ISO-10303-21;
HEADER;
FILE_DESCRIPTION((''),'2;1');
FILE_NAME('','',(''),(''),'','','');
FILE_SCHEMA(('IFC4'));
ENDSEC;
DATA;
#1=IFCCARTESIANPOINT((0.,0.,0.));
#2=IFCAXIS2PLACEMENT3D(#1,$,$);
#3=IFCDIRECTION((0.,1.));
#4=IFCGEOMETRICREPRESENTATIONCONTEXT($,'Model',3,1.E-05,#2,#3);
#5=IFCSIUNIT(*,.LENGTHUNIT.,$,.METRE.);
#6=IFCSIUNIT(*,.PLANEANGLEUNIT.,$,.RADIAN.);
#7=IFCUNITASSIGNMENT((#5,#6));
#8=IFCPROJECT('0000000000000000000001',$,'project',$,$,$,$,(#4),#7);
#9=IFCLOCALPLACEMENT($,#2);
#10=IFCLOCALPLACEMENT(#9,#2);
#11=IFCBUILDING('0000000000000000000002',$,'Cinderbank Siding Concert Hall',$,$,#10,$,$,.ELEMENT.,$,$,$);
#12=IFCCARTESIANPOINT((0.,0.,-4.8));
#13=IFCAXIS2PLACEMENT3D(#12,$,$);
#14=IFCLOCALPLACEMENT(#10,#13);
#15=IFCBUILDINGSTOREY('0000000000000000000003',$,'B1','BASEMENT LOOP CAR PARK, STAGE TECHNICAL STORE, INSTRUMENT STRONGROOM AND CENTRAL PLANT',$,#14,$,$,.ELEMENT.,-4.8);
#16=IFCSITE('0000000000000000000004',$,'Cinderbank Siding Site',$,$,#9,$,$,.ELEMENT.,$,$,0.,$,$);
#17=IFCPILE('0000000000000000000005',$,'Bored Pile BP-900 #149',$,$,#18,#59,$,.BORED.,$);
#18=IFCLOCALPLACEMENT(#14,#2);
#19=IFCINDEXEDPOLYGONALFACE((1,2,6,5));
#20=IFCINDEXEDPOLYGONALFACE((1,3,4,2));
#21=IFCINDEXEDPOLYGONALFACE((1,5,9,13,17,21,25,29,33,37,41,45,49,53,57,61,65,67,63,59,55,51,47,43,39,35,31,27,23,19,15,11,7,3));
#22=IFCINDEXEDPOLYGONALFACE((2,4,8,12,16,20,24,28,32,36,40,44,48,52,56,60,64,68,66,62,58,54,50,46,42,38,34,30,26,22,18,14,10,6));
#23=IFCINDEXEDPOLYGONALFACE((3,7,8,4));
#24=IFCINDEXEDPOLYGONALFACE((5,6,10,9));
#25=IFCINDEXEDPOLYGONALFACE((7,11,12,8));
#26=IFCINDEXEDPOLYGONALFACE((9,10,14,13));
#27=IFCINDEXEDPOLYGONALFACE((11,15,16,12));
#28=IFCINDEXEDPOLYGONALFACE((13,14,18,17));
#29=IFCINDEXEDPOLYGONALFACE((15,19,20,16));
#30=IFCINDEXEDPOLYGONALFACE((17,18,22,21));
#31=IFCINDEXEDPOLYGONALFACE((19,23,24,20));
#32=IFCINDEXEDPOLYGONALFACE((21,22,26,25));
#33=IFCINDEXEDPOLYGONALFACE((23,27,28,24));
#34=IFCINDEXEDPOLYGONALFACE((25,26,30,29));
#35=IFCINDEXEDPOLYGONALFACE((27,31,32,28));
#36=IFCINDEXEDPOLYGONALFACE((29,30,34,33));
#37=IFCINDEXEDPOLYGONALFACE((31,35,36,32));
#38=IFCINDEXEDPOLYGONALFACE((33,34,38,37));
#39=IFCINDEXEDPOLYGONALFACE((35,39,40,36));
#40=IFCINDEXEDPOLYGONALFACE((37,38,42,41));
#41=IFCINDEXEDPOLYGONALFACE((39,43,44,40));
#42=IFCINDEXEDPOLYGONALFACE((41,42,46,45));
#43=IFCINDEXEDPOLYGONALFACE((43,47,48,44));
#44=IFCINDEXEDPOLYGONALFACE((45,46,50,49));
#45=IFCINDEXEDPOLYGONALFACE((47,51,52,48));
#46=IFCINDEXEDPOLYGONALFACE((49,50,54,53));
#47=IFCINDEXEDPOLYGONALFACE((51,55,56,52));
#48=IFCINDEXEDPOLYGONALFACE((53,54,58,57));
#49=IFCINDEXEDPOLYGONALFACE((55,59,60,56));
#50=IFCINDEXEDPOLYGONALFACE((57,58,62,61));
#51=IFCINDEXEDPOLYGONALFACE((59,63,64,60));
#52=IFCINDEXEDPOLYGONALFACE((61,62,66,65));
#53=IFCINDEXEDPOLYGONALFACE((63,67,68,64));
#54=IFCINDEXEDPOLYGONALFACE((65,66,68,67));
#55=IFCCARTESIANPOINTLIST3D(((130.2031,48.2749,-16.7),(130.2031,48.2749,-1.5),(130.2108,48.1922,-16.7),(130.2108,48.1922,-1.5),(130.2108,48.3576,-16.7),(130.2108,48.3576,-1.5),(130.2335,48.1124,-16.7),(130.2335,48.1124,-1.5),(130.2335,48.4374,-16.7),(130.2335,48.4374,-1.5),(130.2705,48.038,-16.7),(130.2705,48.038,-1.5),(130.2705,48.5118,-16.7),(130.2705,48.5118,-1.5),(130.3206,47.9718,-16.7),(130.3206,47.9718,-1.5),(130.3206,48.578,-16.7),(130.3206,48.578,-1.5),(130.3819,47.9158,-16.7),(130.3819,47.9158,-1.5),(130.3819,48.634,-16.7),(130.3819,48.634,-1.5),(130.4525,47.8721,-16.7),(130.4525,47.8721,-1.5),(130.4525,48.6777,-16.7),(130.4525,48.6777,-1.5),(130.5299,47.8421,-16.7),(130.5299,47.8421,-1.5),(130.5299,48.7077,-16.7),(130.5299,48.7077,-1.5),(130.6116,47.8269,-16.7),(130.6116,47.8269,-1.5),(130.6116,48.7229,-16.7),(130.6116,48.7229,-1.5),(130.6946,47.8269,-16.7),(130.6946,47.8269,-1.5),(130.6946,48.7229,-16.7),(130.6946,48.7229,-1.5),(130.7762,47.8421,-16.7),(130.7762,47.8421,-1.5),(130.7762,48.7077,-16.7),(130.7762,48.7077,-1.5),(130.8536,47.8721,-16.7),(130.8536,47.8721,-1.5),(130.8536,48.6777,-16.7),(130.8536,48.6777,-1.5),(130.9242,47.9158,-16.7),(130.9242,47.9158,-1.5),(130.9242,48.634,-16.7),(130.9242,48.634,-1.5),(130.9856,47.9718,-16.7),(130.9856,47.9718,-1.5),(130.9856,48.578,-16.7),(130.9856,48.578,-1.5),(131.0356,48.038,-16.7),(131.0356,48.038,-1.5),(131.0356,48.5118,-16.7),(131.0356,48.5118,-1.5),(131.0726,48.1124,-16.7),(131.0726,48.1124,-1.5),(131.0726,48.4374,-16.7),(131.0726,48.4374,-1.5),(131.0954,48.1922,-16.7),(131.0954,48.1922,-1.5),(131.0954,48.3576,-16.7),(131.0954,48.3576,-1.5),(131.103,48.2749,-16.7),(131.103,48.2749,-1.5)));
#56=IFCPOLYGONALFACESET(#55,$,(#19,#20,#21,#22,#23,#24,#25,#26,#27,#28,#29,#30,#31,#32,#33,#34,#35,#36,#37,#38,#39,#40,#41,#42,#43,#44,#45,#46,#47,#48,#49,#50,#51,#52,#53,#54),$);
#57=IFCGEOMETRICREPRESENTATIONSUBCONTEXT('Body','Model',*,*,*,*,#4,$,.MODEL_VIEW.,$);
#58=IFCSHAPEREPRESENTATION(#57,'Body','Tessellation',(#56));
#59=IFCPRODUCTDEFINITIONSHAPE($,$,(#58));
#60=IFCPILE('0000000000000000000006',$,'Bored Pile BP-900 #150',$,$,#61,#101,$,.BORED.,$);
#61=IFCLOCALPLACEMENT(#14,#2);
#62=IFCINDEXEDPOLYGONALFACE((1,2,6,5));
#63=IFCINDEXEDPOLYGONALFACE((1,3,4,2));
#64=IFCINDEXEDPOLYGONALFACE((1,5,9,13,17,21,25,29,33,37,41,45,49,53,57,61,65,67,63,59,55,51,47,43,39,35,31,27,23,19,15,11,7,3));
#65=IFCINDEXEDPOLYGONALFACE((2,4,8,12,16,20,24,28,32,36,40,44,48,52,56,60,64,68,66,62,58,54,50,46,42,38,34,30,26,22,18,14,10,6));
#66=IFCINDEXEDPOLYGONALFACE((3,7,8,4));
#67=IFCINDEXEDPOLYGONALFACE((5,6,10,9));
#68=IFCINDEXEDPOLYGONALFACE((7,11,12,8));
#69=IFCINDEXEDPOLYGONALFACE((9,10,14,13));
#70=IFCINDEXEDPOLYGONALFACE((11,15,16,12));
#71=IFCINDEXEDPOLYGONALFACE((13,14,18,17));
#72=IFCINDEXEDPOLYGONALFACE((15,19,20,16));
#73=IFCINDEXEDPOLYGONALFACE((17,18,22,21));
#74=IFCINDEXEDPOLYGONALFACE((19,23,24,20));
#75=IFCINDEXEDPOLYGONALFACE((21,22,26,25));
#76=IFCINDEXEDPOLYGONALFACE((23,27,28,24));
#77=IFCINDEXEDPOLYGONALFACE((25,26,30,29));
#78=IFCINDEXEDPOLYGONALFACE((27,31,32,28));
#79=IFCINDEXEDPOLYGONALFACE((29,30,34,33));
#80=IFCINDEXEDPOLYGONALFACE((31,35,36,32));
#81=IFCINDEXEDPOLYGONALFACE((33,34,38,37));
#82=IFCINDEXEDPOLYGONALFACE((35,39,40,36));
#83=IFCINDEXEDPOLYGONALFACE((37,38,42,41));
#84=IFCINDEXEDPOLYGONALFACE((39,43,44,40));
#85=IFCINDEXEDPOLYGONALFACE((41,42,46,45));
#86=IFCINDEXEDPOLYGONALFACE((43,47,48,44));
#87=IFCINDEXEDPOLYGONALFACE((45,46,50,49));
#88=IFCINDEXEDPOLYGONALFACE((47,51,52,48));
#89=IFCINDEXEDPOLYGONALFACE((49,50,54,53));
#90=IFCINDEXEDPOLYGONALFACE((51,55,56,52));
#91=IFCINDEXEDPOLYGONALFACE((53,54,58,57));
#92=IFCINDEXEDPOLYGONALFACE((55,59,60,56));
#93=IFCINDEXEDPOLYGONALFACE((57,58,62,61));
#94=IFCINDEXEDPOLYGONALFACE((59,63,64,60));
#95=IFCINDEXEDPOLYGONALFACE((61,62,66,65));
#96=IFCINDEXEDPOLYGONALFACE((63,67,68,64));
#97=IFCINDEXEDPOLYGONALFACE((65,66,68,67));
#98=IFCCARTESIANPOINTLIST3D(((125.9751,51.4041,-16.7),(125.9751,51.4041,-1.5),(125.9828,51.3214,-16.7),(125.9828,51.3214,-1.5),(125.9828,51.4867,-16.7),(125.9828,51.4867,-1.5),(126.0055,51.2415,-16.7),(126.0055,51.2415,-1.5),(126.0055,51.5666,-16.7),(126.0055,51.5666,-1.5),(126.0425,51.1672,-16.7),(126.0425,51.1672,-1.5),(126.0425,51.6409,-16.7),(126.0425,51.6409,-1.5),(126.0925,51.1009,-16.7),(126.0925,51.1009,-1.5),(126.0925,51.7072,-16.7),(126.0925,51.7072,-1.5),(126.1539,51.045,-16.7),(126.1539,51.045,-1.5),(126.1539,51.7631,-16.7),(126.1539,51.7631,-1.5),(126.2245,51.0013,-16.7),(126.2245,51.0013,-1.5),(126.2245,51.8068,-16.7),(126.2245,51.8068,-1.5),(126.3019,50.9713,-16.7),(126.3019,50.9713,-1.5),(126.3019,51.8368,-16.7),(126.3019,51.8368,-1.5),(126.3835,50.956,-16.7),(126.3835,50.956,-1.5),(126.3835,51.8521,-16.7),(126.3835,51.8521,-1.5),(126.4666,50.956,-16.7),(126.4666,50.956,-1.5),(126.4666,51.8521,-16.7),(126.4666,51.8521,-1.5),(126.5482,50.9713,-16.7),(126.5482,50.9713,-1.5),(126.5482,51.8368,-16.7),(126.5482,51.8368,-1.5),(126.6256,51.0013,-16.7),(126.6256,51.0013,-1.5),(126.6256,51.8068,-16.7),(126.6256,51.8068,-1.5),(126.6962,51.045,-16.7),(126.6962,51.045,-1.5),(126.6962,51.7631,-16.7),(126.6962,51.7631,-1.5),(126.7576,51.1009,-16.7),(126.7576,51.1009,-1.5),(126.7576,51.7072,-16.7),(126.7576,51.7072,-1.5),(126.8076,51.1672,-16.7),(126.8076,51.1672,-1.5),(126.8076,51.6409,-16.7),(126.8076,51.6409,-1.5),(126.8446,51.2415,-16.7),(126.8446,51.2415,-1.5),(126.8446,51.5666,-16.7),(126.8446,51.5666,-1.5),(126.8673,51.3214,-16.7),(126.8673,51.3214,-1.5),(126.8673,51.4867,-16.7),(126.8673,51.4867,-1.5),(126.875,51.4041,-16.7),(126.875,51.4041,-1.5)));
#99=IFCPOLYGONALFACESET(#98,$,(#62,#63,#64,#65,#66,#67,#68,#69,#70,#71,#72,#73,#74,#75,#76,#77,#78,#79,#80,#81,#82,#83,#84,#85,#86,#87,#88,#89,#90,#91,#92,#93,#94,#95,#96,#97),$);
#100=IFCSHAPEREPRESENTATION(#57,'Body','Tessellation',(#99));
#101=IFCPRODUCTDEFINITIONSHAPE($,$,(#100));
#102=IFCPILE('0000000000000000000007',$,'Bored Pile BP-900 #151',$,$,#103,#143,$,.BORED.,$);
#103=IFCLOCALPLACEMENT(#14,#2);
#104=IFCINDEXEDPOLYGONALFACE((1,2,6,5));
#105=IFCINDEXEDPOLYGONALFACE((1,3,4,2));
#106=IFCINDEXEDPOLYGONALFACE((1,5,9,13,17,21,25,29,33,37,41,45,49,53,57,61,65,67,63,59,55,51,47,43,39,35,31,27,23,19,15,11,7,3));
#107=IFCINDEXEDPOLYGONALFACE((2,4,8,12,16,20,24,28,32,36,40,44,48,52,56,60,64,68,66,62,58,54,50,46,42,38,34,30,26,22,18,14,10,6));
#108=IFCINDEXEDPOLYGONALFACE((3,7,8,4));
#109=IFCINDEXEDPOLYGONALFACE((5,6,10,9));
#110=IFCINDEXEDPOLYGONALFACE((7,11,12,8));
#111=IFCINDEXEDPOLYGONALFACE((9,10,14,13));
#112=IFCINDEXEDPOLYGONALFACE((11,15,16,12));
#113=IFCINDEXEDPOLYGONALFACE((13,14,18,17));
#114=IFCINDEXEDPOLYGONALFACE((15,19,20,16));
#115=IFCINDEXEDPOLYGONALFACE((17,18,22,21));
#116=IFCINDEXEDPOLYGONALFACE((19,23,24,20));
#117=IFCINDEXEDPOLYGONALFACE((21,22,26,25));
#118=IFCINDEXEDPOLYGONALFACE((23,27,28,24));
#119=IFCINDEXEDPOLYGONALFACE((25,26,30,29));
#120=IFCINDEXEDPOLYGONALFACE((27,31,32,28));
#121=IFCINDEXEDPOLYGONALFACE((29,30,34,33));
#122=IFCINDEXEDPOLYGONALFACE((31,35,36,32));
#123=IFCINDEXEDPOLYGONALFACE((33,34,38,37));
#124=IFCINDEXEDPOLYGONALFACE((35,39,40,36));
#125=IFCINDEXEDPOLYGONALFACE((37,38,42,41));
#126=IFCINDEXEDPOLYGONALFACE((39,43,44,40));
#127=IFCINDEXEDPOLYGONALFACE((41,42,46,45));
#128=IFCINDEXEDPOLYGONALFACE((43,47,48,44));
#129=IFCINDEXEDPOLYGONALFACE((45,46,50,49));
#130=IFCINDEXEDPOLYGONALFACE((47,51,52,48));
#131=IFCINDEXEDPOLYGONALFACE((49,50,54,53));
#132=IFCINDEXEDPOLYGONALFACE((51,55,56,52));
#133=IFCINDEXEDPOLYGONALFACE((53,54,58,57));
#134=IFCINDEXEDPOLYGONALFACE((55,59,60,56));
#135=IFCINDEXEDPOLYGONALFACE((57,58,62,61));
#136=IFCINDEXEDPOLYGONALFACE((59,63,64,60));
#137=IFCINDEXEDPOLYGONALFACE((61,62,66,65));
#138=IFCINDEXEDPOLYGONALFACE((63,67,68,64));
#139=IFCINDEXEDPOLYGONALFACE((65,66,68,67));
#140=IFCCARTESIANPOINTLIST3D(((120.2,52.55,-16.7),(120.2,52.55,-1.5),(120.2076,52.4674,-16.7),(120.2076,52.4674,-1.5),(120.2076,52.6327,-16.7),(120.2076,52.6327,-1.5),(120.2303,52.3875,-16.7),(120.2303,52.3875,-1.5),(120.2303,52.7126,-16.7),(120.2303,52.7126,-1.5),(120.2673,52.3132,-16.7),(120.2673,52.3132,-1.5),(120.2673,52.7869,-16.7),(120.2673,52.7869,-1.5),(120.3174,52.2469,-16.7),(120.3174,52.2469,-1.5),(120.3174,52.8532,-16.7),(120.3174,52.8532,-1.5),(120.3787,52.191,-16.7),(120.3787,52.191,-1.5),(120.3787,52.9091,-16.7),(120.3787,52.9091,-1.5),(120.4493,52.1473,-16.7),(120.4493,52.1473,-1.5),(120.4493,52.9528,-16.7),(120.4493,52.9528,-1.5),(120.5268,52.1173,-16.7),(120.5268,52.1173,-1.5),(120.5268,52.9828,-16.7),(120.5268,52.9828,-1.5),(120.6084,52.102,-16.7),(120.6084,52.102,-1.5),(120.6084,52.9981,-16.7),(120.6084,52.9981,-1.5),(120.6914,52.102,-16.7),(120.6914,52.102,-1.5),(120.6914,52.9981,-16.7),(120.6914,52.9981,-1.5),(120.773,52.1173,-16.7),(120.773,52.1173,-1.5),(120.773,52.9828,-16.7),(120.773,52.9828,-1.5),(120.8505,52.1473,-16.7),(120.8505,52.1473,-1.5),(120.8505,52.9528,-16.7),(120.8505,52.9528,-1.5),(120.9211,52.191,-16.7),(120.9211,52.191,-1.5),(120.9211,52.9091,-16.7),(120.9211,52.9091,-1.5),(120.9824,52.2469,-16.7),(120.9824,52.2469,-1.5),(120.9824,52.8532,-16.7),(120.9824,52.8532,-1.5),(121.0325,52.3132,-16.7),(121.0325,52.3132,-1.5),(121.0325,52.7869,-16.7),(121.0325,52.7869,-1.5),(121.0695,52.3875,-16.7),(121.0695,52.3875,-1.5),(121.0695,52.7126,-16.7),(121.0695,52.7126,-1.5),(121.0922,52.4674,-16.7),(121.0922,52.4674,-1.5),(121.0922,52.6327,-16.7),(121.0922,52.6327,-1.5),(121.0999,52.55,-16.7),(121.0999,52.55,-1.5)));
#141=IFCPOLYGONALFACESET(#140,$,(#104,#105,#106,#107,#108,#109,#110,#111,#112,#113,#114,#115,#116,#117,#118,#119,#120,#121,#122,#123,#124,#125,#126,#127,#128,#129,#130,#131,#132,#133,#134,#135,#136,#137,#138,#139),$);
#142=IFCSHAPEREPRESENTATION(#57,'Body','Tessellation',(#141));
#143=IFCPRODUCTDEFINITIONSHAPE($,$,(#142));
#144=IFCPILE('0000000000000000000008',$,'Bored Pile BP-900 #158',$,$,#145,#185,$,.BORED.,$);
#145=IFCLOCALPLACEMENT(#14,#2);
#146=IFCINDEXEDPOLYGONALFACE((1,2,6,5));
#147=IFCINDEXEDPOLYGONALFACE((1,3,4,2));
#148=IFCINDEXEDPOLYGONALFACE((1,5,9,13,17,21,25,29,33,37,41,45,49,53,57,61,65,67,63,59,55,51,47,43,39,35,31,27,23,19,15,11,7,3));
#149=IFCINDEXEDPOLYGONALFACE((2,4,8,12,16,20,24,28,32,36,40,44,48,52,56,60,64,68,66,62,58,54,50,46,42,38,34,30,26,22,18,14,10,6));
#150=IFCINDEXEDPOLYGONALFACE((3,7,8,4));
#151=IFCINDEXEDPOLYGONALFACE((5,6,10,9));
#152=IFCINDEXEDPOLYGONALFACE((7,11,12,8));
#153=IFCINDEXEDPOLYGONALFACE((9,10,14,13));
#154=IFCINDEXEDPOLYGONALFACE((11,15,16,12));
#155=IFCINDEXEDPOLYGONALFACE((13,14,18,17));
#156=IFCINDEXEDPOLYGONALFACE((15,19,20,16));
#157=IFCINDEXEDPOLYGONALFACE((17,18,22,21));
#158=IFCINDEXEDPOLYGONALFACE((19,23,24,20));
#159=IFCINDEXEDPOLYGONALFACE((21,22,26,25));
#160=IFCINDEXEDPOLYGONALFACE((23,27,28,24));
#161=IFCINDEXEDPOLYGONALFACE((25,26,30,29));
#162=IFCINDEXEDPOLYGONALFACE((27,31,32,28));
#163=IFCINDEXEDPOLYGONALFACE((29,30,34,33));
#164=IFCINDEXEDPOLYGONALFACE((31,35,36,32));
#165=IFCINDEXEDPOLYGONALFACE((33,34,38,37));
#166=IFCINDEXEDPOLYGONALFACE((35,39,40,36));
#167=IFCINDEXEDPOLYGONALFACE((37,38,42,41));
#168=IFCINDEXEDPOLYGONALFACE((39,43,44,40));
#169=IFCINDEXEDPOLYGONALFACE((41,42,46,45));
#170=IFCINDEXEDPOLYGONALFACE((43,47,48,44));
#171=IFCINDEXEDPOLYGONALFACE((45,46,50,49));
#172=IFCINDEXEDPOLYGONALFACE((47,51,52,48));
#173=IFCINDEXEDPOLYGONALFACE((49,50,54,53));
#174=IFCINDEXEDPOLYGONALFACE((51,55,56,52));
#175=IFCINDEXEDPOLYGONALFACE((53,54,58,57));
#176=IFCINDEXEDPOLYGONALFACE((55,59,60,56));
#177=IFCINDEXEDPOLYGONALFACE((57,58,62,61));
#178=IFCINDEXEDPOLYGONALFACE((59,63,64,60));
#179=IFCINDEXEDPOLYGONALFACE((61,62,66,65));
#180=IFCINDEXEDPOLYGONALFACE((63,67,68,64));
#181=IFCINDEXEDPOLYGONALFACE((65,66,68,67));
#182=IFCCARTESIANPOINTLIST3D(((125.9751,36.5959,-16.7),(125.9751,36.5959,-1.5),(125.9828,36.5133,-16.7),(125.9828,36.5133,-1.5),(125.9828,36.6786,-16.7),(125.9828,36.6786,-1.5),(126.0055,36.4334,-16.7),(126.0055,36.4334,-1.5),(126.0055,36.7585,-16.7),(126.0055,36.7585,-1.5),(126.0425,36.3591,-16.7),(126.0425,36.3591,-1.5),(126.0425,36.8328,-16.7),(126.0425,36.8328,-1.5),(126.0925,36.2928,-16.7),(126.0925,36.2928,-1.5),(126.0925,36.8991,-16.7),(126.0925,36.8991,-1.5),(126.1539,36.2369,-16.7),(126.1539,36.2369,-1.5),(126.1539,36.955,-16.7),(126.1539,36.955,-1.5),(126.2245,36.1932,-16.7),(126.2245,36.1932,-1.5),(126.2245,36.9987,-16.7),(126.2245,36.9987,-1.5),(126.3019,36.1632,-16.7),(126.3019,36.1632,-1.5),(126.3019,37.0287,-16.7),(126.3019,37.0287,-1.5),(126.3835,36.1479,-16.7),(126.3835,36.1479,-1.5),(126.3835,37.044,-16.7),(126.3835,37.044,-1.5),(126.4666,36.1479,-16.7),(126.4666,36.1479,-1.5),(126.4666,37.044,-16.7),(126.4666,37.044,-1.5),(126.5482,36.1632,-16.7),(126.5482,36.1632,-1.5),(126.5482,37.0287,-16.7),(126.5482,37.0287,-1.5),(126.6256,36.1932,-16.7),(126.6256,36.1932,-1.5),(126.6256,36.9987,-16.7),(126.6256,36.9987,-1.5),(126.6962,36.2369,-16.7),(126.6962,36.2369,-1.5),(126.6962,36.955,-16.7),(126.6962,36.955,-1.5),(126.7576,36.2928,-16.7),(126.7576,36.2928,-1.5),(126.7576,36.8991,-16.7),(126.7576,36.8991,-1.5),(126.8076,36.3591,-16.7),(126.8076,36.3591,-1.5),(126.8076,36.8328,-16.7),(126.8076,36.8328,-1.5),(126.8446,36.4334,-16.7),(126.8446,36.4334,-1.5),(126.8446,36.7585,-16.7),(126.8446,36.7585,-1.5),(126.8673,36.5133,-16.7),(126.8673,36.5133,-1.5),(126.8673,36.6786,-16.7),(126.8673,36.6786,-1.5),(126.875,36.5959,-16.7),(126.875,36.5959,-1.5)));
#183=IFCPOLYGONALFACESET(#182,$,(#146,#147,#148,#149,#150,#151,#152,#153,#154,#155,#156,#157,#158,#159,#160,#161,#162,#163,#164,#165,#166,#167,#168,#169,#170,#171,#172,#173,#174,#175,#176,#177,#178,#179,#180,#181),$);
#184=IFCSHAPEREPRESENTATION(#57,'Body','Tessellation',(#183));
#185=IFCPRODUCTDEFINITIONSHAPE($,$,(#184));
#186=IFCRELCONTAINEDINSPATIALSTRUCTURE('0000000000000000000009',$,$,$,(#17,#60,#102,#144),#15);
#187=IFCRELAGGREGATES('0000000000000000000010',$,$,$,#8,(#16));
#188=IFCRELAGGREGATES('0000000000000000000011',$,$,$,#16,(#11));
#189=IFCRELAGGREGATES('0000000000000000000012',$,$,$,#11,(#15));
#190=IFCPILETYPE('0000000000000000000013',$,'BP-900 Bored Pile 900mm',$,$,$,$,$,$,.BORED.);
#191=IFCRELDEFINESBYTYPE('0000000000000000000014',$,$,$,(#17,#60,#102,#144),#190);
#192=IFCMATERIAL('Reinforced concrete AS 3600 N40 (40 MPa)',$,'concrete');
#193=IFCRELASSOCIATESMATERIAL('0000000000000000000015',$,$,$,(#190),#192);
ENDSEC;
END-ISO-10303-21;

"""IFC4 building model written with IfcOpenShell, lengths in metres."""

from ifc_helpers import new_model, si_unit, direction, frame, origin, origin_2d, place, context, subcontext, project, spatial, circle, extrude, material, material_profile, profile_set, type_object, element, save


model = new_model("IFC4")

# Units and contexts
model_context = context("Model", 3, precision=1e-05, world=origin(), true_north=direction((0.0, 1.0)))
body_context = subcontext(model_context, "Body", "Model", "MODEL_VIEW")
ifc_project = project(units=[si_unit("LENGTHUNIT", "METRE"), si_unit("PLANEANGLEUNIT", "RADIAN")], contexts=[model_context])

# Site, building, storey
site_placement = place(None, origin())
site = spatial("IfcSite", under=ifc_project, at=site_placement, Name="Cinderbank Siding Site", CompositionType="ELEMENT", RefElevation=0.0)
building_placement = place(site_placement, origin())
building = spatial("IfcBuilding", under=site, at=building_placement, Name="Cinderbank Siding Concert Hall", CompositionType="ELEMENT")
storey_placement = place(building_placement, frame((0.0, 0.0, -4.8)))
storey = spatial("IfcBuildingStorey", under=building, at=storey_placement, Name="B1", Description="BASEMENT LOOP CAR PARK, STAGE TECHNICAL STORE, INSTRUMENT STRONGROOM AND CENTRAL PLANT", CompositionType="ELEMENT", Elevation=-4.8)

# Piles
ifc_material_1 = material(Name="Reinforced concrete AS 3600 N40 (40 MPa)", Category="concrete")
ifc_material_profile_1 = material_profile(ifc_material_1, circle(Radius=0.45, at=origin_2d()), Name="PILE-900DIA", Category="LoadBearing")
ifc_profile_set_1 = profile_set([ifc_material_profile_1], Name="Reinforced concrete AS 3600 N40 (40 MPa)")
pile_type = type_object("IfcPileType", Name="BP-900 Bored Pile 900mm", PredefinedType="BORED", material=ifc_profile_set_1)
for number, where, z_axis, x_axis, name in (
    (1, (130.6531, 48.2749, -1.5), (0.0, 0.0, -1.0), (1.0, 0.0, 0.0), "Bored Pile BP-900 #149"),
    (2, (126.425, 51.4041, -1.5), (0.0, 0.0, -1.0), (1.0, 0.0, 0.0), "Bored Pile BP-900 #150"),
    (3, (120.6499, 52.55, -1.5), (0.0, 0.0, -1.0), (1.0, 0.0, 0.0), "Bored Pile BP-900 #151"),
    (4, (126.425, 36.5959, -1.5), (0.0, 0.0, -1.0), (1.0, 0.0, 0.0), "Bored Pile BP-900 #158"),
):
    element("IfcPile", number, at=place(storey_placement, frame(where, z_axis=z_axis, x_axis=x_axis)), inside=storey, type_object=pile_type, Name=name, PredefinedType="BORED", context=body_context, shape_type="SweptSolid", body=[
        extrude(circle(Radius=0.45, at=origin_2d()), origin(), (0.0, 0.0, 1.0), 15.2),
    ])

save(model, "model.ifc")
